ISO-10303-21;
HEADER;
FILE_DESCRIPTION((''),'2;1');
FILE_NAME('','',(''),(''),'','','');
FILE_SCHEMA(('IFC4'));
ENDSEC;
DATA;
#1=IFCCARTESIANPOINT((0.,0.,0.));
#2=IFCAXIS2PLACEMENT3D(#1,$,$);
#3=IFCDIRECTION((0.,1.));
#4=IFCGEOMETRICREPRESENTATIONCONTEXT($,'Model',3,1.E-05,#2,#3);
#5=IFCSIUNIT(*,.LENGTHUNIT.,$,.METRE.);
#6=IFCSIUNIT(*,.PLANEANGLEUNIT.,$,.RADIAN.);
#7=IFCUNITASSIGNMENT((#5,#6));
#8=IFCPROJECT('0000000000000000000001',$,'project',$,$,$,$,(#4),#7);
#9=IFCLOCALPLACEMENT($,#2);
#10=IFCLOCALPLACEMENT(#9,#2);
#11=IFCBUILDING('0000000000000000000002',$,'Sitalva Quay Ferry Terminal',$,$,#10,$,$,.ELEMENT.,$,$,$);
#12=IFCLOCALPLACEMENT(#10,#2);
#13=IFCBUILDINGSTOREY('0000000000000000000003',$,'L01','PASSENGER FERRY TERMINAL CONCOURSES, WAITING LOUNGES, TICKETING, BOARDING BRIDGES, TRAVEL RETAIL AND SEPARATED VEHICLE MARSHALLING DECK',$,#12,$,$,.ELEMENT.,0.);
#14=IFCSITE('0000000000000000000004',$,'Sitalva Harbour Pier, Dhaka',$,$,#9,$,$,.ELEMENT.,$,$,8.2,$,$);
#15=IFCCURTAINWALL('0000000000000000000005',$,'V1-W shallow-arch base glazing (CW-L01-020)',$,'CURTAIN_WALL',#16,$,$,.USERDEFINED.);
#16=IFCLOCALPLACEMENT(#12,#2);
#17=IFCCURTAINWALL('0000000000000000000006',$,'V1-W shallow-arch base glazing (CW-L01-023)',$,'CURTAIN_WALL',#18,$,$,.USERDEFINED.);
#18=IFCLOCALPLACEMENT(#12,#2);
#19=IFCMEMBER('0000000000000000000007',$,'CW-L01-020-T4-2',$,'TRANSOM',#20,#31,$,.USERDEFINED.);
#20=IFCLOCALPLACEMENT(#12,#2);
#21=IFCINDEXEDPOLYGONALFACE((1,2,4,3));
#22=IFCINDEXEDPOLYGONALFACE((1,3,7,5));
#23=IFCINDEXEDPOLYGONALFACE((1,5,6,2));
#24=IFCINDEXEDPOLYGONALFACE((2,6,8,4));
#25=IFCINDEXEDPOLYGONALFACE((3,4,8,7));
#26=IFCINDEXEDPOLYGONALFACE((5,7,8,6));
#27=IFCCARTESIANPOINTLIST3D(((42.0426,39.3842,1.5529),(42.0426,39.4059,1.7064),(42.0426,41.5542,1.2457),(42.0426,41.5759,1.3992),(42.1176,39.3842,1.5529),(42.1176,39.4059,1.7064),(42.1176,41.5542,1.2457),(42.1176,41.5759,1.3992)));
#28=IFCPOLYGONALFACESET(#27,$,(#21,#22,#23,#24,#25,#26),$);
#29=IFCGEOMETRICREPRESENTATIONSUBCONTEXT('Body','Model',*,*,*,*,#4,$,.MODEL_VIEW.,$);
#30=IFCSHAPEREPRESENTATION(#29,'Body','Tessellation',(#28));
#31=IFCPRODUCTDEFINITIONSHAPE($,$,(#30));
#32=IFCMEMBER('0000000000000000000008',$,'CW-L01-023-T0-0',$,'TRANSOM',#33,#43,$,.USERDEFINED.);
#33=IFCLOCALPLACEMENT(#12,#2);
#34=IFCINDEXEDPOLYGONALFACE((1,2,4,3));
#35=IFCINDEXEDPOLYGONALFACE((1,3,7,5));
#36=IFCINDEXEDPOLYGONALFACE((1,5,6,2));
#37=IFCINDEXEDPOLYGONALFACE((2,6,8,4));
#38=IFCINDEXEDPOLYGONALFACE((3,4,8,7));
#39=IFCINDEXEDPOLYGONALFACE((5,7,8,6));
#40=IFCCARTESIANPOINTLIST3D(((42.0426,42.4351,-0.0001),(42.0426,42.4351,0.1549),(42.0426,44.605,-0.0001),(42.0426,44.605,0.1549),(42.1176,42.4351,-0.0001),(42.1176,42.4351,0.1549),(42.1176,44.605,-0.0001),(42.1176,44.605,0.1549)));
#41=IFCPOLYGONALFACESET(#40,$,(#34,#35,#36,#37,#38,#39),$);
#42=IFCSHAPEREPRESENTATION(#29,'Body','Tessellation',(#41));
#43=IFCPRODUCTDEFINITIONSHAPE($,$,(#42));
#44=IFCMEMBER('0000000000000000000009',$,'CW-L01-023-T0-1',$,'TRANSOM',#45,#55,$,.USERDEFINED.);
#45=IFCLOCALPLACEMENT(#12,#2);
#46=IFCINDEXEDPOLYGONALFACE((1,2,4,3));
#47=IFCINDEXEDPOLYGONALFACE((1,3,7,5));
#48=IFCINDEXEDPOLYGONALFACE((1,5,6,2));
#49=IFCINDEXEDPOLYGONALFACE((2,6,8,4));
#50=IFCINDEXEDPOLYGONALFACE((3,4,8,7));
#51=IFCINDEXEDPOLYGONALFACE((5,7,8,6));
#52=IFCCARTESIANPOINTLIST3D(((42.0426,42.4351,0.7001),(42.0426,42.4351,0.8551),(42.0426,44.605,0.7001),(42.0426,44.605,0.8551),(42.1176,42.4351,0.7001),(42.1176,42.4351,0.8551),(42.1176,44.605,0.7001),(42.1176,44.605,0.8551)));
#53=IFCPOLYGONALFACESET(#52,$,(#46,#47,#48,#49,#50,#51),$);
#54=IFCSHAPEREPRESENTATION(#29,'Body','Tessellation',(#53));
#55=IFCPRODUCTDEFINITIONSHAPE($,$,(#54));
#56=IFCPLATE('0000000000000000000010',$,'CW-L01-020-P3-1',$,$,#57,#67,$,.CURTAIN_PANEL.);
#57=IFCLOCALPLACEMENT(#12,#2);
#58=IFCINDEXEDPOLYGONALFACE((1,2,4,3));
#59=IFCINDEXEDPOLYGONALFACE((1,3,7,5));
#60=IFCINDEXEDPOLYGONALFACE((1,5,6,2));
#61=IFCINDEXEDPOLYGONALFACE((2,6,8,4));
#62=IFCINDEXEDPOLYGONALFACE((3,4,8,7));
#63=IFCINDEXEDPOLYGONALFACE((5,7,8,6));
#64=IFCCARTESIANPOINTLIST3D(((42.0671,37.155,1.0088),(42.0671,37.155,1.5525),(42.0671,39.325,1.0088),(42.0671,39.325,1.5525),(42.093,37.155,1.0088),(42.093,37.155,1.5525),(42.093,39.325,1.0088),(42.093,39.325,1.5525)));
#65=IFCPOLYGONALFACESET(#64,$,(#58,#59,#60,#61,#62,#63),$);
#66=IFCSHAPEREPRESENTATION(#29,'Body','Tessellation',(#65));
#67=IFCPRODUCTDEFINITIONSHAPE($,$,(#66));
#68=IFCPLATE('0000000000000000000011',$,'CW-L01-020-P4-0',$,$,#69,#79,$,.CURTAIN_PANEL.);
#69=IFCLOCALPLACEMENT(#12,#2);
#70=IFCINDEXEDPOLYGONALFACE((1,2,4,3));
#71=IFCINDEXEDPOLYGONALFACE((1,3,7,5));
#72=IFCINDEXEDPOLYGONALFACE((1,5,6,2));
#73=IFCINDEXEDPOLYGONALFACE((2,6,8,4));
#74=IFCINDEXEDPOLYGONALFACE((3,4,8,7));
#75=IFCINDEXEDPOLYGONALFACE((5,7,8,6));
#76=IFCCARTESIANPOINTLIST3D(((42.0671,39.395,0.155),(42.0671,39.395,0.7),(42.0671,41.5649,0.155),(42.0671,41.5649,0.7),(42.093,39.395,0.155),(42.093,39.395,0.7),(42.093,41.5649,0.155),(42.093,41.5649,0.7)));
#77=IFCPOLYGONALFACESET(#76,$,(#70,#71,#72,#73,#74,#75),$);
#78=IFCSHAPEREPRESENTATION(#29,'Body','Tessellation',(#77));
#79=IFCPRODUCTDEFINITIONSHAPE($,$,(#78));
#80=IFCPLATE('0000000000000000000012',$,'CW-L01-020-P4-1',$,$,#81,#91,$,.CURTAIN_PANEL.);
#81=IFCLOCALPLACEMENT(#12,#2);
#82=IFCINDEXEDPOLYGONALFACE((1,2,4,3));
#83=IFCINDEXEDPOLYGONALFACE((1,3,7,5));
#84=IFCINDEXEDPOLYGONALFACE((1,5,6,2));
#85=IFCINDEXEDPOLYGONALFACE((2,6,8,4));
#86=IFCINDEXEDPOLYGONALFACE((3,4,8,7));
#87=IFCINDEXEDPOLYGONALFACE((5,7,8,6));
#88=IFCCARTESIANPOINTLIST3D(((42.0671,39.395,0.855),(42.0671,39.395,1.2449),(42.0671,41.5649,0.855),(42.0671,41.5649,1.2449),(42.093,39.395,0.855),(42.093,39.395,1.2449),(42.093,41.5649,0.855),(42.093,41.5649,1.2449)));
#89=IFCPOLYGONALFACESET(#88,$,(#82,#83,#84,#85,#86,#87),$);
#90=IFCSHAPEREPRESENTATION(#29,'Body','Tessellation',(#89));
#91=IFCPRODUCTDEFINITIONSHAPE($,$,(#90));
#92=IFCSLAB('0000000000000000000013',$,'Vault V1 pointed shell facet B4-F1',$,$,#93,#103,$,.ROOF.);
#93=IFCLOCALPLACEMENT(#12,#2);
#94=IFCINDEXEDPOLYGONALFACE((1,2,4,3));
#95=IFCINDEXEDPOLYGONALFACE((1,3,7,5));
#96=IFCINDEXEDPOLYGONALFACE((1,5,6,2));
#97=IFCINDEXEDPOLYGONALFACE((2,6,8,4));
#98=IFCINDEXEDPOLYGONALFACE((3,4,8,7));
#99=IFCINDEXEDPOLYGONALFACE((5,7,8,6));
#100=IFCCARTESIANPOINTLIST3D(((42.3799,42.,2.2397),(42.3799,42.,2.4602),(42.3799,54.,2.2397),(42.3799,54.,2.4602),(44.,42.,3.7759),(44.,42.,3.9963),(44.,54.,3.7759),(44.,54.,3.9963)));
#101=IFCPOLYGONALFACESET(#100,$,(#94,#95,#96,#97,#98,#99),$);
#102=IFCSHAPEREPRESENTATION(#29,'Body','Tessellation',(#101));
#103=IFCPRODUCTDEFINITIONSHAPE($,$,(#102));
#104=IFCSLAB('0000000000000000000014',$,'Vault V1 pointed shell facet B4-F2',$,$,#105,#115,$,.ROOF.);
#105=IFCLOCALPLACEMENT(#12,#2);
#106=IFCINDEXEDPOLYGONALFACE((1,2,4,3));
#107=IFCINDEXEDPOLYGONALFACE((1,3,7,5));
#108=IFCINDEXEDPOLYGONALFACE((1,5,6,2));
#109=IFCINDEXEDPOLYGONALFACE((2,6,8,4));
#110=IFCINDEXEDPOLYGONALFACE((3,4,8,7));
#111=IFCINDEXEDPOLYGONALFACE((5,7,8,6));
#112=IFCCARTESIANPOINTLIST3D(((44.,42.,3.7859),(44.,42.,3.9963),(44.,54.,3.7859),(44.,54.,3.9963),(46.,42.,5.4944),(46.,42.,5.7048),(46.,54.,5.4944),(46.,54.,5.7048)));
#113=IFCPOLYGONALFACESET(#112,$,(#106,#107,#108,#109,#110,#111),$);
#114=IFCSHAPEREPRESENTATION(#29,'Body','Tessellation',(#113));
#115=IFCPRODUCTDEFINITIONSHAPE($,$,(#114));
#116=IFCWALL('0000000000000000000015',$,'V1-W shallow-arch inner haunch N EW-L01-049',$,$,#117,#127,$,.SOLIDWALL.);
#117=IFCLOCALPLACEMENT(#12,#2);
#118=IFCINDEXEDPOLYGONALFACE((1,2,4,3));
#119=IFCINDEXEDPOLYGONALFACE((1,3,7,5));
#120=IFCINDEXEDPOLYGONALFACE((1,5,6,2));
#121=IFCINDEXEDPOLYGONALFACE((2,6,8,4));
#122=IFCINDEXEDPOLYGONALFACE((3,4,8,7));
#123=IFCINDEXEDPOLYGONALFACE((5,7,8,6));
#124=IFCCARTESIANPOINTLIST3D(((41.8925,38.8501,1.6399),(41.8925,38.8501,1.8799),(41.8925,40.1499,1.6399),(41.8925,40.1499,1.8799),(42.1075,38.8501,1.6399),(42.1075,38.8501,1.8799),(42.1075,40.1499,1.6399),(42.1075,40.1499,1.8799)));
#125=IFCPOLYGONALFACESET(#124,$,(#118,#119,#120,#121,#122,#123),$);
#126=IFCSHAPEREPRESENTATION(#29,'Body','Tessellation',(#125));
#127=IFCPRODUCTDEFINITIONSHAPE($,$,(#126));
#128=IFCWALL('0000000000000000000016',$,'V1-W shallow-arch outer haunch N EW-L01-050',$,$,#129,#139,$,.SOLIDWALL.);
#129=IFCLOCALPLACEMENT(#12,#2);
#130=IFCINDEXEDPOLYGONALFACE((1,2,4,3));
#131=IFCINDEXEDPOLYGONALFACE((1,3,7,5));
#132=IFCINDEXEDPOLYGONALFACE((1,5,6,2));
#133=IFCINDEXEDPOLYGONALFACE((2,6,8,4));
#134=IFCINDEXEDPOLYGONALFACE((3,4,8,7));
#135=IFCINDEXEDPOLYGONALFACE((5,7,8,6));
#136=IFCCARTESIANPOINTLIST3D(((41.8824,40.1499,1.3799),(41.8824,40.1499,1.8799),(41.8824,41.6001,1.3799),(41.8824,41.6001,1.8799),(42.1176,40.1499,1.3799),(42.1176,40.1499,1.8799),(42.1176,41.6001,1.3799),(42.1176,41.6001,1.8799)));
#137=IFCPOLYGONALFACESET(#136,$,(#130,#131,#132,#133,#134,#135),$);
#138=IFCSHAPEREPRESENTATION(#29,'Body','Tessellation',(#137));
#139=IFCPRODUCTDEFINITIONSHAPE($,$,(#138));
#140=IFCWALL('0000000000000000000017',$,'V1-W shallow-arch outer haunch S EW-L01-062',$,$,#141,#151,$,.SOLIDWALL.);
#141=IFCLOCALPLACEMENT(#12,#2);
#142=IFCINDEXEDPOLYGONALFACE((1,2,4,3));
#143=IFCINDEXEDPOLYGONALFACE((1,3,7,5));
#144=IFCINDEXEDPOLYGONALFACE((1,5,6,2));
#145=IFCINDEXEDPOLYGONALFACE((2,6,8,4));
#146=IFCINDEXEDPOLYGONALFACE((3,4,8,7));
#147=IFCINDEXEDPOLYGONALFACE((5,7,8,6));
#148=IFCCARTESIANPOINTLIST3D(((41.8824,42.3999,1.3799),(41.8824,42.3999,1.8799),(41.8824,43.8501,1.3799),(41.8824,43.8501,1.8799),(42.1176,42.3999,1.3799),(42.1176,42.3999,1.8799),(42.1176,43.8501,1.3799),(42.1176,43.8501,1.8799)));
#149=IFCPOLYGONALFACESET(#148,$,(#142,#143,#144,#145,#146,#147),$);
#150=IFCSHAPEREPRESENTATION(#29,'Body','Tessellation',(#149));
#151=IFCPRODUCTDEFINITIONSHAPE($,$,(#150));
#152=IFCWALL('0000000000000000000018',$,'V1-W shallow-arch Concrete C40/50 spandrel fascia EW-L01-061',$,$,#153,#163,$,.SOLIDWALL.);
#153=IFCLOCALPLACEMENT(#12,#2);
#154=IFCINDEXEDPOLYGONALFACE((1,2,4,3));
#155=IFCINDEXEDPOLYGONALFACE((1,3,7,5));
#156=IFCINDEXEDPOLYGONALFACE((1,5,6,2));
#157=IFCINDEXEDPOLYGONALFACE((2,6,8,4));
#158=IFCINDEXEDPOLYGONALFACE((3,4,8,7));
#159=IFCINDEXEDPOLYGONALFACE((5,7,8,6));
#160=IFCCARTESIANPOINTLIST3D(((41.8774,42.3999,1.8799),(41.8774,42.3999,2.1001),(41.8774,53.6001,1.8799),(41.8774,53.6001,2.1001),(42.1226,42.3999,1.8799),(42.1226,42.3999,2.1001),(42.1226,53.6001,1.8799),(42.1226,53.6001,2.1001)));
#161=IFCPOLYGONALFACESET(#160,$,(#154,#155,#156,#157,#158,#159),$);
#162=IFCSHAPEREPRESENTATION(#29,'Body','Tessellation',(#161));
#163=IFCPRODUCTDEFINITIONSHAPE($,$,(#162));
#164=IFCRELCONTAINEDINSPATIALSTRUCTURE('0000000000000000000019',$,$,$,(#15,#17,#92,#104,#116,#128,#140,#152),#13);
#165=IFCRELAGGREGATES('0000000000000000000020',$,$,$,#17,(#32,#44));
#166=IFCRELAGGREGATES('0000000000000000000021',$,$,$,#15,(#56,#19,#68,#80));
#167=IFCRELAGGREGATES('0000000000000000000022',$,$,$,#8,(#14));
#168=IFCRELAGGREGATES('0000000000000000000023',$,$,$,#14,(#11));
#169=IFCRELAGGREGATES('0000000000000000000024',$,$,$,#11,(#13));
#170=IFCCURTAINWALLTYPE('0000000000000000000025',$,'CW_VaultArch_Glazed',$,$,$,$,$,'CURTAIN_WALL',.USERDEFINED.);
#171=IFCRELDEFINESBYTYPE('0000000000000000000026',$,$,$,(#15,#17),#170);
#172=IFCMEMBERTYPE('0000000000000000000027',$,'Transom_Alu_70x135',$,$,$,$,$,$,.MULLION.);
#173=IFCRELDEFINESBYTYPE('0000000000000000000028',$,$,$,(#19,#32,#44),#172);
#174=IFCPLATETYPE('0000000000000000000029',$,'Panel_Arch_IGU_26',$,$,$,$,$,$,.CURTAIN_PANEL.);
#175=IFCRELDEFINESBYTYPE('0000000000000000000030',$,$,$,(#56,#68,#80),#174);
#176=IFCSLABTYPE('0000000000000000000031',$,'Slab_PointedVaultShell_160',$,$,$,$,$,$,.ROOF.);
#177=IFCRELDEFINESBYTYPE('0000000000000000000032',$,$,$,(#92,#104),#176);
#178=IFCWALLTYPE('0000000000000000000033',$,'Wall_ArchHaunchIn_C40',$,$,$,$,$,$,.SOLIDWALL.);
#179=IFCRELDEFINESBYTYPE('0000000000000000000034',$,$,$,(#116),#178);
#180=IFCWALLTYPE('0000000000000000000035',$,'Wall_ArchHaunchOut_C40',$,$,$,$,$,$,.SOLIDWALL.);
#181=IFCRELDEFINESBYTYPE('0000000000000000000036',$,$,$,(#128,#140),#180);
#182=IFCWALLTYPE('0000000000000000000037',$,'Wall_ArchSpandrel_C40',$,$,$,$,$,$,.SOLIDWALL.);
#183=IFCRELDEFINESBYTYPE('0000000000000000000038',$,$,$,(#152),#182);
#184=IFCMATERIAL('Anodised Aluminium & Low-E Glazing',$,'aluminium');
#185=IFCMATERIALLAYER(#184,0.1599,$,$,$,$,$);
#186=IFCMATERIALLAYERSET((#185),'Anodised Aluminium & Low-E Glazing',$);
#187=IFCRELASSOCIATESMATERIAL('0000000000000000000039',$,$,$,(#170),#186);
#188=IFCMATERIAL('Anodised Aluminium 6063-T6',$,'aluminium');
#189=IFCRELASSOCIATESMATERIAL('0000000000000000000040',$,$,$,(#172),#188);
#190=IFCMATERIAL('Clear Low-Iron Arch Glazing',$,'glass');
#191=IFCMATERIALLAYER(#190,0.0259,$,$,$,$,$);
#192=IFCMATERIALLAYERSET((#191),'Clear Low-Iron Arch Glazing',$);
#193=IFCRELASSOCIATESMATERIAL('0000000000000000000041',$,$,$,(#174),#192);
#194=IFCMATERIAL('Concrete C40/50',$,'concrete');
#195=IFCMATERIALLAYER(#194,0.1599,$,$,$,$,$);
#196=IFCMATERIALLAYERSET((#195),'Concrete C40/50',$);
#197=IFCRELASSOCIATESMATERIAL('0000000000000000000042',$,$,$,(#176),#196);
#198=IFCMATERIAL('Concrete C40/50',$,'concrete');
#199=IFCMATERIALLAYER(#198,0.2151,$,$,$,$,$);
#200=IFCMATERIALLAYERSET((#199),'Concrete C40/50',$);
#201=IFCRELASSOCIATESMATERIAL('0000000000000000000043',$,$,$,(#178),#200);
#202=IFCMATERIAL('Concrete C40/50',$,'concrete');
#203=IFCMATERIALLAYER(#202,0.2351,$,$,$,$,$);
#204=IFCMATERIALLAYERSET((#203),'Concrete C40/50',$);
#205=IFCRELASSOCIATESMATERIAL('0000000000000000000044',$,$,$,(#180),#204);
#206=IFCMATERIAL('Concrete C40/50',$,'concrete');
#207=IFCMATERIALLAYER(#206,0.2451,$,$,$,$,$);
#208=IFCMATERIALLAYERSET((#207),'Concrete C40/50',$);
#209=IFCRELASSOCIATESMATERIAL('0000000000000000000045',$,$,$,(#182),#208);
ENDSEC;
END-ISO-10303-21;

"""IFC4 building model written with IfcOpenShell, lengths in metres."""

from ifc_helpers import new_model, si_unit, direction, frame, frame_2d, origin, origin_2d, place, context, subcontext, project, spatial, polyline, rectangle, outline, extrude, material, layer, layer_set, material_profile, profile_set, type_object, element, aggregate, save


model = new_model("IFC4")

# Units and contexts
model_context = context("Model", 3, precision=1e-05, world=origin(), true_north=direction((0.0, 1.0)))
body_context = subcontext(model_context, "Body", "Model", "MODEL_VIEW")
ifc_project = project(units=[si_unit("LENGTHUNIT", "METRE"), si_unit("PLANEANGLEUNIT", "RADIAN")], contexts=[model_context])

# Site, building, storey
site_placement = place(None, origin())
site = spatial("IfcSite", under=ifc_project, at=site_placement, Name="Sitalva Harbour Pier, Dhaka", CompositionType="ELEMENT", RefElevation=8.2)
building_placement = place(site_placement, origin())
building = spatial("IfcBuilding", under=site, at=building_placement, Name="Sitalva Quay Ferry Terminal", CompositionType="ELEMENT")
storey_placement = place(building_placement, origin())
storey = spatial("IfcBuildingStorey", under=building, at=storey_placement, Name="L01", Description="PASSENGER FERRY TERMINAL CONCOURSES, WAITING LOUNGES, TICKETING, BOARDING BRIDGES, TRAVEL RETAIL AND SEPARATED VEHICLE MARSHALLING DECK", CompositionType="ELEMENT", Elevation=0.0)

# Curtain wall
ifc_material_1 = material(Name="Anodised Aluminium & Low-E Glazing", Category="aluminium")
ifc_layer_1 = layer(ifc_material_1, 0.1599)
ifc_layer_set_1 = layer_set([ifc_layer_1], Name="Anodised Aluminium & Low-E Glazing")
curtain_wall_type = type_object("IfcCurtainWallType", Name="CW_VaultArch_Glazed", ElementType="CURTAIN_WALL", PredefinedType="USERDEFINED", material=ifc_layer_set_1)
curtain_wall_1_placement = place(storey_placement, origin())
curtain_wall_1 = element("IfcCurtainWall", 1, at=curtain_wall_1_placement, inside=storey, type_object=curtain_wall_type, Name="V1-W shallow-arch base glazing (CW-L01-020)", ObjectType="CURTAIN_WALL", PredefinedType="USERDEFINED")

# Curtain wall
curtain_wall_2_placement = place(storey_placement, origin())
curtain_wall_2 = element("IfcCurtainWall", 2, at=curtain_wall_2_placement, inside=storey, type_object=curtain_wall_type, Name="V1-W shallow-arch base glazing (CW-L01-023)", ObjectType="CURTAIN_WALL", PredefinedType="USERDEFINED")

# Members
ifc_material_2 = material(Name="Anodised Aluminium 6063-T6", Category="aluminium")
ifc_material_profile_1 = material_profile(ifc_material_2, rectangle(XDim=0.075, YDim=0.155, at=origin_2d()), Name="ALU75x155")
ifc_profile_set_1 = profile_set([ifc_material_profile_1], Name="Anodised Aluminium 6063-T6")
member_type_1 = type_object("IfcMemberType", Name="Transom_Alu_70x135", PredefinedType="MULLION", material=ifc_profile_set_1)
member_1_placement = place(storey_placement, frame((42.0801, 39.395, 1.6296), z_axis=(0.0, 0.990131, -0.140142), x_axis=(-1.0, 0.0, 0.0)))
member_1 = element("IfcMember", 3, at=member_1_placement, type_object=member_type_1, Name="CW-L01-020-T4-2", ObjectType="TRANSOM", PredefinedType="USERDEFINED", context=body_context, shape_type="SweptSolid", body=[
    extrude(rectangle(XDim=0.075, YDim=0.155, at=origin_2d()), origin(), (0.0, 0.0, 1.0), 2.1917),
])
member_2_placement = place(storey_placement, frame((42.0801, 42.4351, 0.0774), z_axis=(0.0, 1.0, 0.0), x_axis=(-1.0, 0.0, 0.0)))
member_2 = element("IfcMember", 4, at=member_2_placement, type_object=member_type_1, Name="CW-L01-023-T0-0", ObjectType="TRANSOM", PredefinedType="USERDEFINED", context=body_context, shape_type="SweptSolid", body=[
    extrude(rectangle(XDim=0.075, YDim=0.155, at=origin_2d()), origin(), (0.0, 0.0, 1.0), 2.1699),
])
member_3_placement = place(storey_placement, frame((42.0801, 42.4351, 0.7776), z_axis=(0.0, 1.0, 0.0), x_axis=(-1.0, 0.0, 0.0)))
member_3 = element("IfcMember", 5, at=member_3_placement, type_object=member_type_1, Name="CW-L01-023-T0-1", ObjectType="TRANSOM", PredefinedType="USERDEFINED", context=body_context, shape_type="SweptSolid", body=[
    extrude(rectangle(XDim=0.075, YDim=0.155, at=origin_2d()), origin(), (0.0, 0.0, 1.0), 2.1699),
])
aggregate(curtain_wall_2, [member_2, member_3])

# Plates
ifc_material_3 = material(Name="Clear Low-Iron Arch Glazing", Category="glass")
ifc_layer_2 = layer(ifc_material_3, 0.0259)
ifc_layer_set_2 = layer_set([ifc_layer_2], Name="Clear Low-Iron Arch Glazing")
plate_type = type_object("IfcPlateType", Name="Panel_Arch_IGU_26", PredefinedType="CURTAIN_PANEL", material=ifc_layer_set_2)
plate_1_placement = place(storey_placement, frame((42.0801, 38.24, 1.0088), z_axis=(0.0, 0.0, 1.0), x_axis=(0.0, 1.0, 0.0)))
plate_1 = element("IfcPlate", 6, at=plate_1_placement, type_object=plate_type, Name="CW-L01-020-P3-1", PredefinedType="CURTAIN_PANEL", context=body_context, shape_type="SweptSolid", body=[
    extrude(rectangle(XDim=2.1699, YDim=0.0259, at=origin_2d()), origin(), (0.0, 0.0, 1.0), 0.5437),
])
plate_2_placement = place(storey_placement, frame((42.0801, 40.48, 0.155), z_axis=(0.0, 0.0, 1.0), x_axis=(0.0, 1.0, 0.0)))
plate_2 = element("IfcPlate", 7, at=plate_2_placement, type_object=plate_type, Name="CW-L01-020-P4-0", PredefinedType="CURTAIN_PANEL", context=body_context, shape_type="SweptSolid", body=[
    extrude(rectangle(XDim=2.1699, YDim=0.0259, at=origin_2d()), origin(), (0.0, 0.0, 1.0), 0.5449),
])
plate_3_placement = place(storey_placement, frame((42.0801, 40.48, 0.855), z_axis=(0.0, 0.0, 1.0), x_axis=(0.0, 1.0, 0.0)))
plate_3 = element("IfcPlate", 8, at=plate_3_placement, type_object=plate_type, Name="CW-L01-020-P4-1", PredefinedType="CURTAIN_PANEL", context=body_context, shape_type="SweptSolid", body=[
    extrude(rectangle(XDim=2.1699, YDim=0.0259, at=origin_2d()), origin(), (0.0, 0.0, 1.0), 0.3899),
])
aggregate(curtain_wall_1, [plate_1, member_1, plate_2, plate_3])

# Slabs
ifc_material_4 = material(Name="Concrete C40/50", Category="concrete")
ifc_layer_3 = layer(ifc_material_4, 0.1599)
ifc_layer_set_3 = layer_set([ifc_layer_3], Name="Concrete C40/50")
slab_type = type_object("IfcSlabType", Name="Slab_PointedVaultShell_160", PredefinedType="ROOF", material=ifc_layer_set_3)
slab_1_placement = place(storey_placement, frame((42.3799, 42.0, 2.4602), z_axis=(-0.688048, 0.0, 0.725665), x_axis=(0.725665, 0.0, 0.688048)))
element("IfcSlab", 9, at=slab_1_placement, inside=storey, type_object=slab_type, Name="Vault V1 pointed shell facet B4-F1", PredefinedType="ROOF", context=body_context, shape_type="SweptSolid", body=[
    extrude(outline(polyline([(0.0, 0.0), (2.2326, 0.0), (2.2326, 12.0), (0.0, 12.0), (0.0, 0.0)])), origin(), (-0.688048, 0.0, -0.725665), 0.2205),
])
slab_2_placement = place(storey_placement, frame((44.0, 42.0, 3.9963), z_axis=(-0.649522, 0.0, 0.760343), x_axis=(0.760343, 0.0, 0.649522)))
element("IfcSlab", 10, at=slab_2_placement, inside=storey, type_object=slab_type, Name="Vault V1 pointed shell facet B4-F2", PredefinedType="ROOF", context=body_context, shape_type="SweptSolid", body=[
    extrude(outline(polyline([(0.0, 0.0), (2.6304, 0.0), (2.6304, 12.0), (0.0, 12.0), (0.0, 0.0)])), origin(), (-0.649522, 0.0, -0.760343), 0.2104),
])

# Walls
ifc_material_5 = material(Name="Concrete C40/50", Category="concrete")
ifc_layer_4 = layer(ifc_material_5, 0.2151)
ifc_layer_set_4 = layer_set([ifc_layer_4], Name="Concrete C40/50")
wall_type_1 = type_object("IfcWallType", Name="Wall_ArchHaunchIn_C40", PredefinedType="SOLIDWALL", material=ifc_layer_set_4)
wall_1_placement = place(storey_placement, frame((42.0, 38.8501, 1.6399), z_axis=(0.0, 0.0, 1.0), x_axis=(0.0, 1.0, 0.0)))
element("IfcWall", 11, at=wall_1_placement, inside=storey, type_object=wall_type_1, Name="V1-W shallow-arch inner haunch N EW-L01-049", PredefinedType="SOLIDWALL", context=body_context, shape_type="SweptSolid", body=[
    extrude(rectangle(XDim=1.2998, YDim=0.2151, at=frame_2d((0.6499, 0.0))), origin(), (0.0, 0.0, 1.0), 0.24),
])
ifc_material_6 = material(Name="Concrete C40/50", Category="concrete")
ifc_layer_5 = layer(ifc_material_6, 0.2351)
ifc_layer_set_5 = layer_set([ifc_layer_5], Name="Concrete C40/50")
wall_type_2 = type_object("IfcWallType", Name="Wall_ArchHaunchOut_C40", PredefinedType="SOLIDWALL", material=ifc_layer_set_5)
for number, where, z_axis, x_axis, name in (
    (12, (42.0, 40.1499, 1.3799), (0.0, 0.0, 1.0), (0.0, 1.0, 0.0), "V1-W shallow-arch outer haunch N EW-L01-050"),
    (13, (42.0, 42.3999, 1.3799), (0.0, 0.0, 1.0), (0.0, 1.0, 0.0), "V1-W shallow-arch outer haunch S EW-L01-062"),
):
    element("IfcWall", number, at=place(storey_placement, frame(where, z_axis=z_axis, x_axis=x_axis)), inside=storey, type_object=wall_type_2, Name=name, PredefinedType="SOLIDWALL", context=body_context, shape_type="SweptSolid", body=[
        extrude(rectangle(XDim=1.4502, YDim=0.2351, at=frame_2d((0.7251, 0.0))), origin(), (0.0, 0.0, 1.0), 0.5),
    ])
ifc_material_7 = material(Name="Concrete C40/50", Category="concrete")
ifc_layer_6 = layer(ifc_material_7, 0.2451)
ifc_layer_set_6 = layer_set([ifc_layer_6], Name="Concrete C40/50")
wall_type_3 = type_object("IfcWallType", Name="Wall_ArchSpandrel_C40", PredefinedType="SOLIDWALL", material=ifc_layer_set_6)
wall_2_placement = place(storey_placement, frame((42.0, 42.3999, 1.8799), z_axis=(0.0, 0.0, 1.0), x_axis=(0.0, 1.0, 0.0)))
element("IfcWall", 14, at=wall_2_placement, inside=storey, type_object=wall_type_3, Name="V1-W shallow-arch Concrete C40/50 spandrel fascia EW-L01-061", PredefinedType="SOLIDWALL", context=body_context, shape_type="SweptSolid", body=[
    extrude(rectangle(XDim=11.2002, YDim=0.2451, at=frame_2d((5.6001, 0.0))), origin(), (0.0, 0.0, 1.0), 0.2202),
])

save(model, "model.ifc")
